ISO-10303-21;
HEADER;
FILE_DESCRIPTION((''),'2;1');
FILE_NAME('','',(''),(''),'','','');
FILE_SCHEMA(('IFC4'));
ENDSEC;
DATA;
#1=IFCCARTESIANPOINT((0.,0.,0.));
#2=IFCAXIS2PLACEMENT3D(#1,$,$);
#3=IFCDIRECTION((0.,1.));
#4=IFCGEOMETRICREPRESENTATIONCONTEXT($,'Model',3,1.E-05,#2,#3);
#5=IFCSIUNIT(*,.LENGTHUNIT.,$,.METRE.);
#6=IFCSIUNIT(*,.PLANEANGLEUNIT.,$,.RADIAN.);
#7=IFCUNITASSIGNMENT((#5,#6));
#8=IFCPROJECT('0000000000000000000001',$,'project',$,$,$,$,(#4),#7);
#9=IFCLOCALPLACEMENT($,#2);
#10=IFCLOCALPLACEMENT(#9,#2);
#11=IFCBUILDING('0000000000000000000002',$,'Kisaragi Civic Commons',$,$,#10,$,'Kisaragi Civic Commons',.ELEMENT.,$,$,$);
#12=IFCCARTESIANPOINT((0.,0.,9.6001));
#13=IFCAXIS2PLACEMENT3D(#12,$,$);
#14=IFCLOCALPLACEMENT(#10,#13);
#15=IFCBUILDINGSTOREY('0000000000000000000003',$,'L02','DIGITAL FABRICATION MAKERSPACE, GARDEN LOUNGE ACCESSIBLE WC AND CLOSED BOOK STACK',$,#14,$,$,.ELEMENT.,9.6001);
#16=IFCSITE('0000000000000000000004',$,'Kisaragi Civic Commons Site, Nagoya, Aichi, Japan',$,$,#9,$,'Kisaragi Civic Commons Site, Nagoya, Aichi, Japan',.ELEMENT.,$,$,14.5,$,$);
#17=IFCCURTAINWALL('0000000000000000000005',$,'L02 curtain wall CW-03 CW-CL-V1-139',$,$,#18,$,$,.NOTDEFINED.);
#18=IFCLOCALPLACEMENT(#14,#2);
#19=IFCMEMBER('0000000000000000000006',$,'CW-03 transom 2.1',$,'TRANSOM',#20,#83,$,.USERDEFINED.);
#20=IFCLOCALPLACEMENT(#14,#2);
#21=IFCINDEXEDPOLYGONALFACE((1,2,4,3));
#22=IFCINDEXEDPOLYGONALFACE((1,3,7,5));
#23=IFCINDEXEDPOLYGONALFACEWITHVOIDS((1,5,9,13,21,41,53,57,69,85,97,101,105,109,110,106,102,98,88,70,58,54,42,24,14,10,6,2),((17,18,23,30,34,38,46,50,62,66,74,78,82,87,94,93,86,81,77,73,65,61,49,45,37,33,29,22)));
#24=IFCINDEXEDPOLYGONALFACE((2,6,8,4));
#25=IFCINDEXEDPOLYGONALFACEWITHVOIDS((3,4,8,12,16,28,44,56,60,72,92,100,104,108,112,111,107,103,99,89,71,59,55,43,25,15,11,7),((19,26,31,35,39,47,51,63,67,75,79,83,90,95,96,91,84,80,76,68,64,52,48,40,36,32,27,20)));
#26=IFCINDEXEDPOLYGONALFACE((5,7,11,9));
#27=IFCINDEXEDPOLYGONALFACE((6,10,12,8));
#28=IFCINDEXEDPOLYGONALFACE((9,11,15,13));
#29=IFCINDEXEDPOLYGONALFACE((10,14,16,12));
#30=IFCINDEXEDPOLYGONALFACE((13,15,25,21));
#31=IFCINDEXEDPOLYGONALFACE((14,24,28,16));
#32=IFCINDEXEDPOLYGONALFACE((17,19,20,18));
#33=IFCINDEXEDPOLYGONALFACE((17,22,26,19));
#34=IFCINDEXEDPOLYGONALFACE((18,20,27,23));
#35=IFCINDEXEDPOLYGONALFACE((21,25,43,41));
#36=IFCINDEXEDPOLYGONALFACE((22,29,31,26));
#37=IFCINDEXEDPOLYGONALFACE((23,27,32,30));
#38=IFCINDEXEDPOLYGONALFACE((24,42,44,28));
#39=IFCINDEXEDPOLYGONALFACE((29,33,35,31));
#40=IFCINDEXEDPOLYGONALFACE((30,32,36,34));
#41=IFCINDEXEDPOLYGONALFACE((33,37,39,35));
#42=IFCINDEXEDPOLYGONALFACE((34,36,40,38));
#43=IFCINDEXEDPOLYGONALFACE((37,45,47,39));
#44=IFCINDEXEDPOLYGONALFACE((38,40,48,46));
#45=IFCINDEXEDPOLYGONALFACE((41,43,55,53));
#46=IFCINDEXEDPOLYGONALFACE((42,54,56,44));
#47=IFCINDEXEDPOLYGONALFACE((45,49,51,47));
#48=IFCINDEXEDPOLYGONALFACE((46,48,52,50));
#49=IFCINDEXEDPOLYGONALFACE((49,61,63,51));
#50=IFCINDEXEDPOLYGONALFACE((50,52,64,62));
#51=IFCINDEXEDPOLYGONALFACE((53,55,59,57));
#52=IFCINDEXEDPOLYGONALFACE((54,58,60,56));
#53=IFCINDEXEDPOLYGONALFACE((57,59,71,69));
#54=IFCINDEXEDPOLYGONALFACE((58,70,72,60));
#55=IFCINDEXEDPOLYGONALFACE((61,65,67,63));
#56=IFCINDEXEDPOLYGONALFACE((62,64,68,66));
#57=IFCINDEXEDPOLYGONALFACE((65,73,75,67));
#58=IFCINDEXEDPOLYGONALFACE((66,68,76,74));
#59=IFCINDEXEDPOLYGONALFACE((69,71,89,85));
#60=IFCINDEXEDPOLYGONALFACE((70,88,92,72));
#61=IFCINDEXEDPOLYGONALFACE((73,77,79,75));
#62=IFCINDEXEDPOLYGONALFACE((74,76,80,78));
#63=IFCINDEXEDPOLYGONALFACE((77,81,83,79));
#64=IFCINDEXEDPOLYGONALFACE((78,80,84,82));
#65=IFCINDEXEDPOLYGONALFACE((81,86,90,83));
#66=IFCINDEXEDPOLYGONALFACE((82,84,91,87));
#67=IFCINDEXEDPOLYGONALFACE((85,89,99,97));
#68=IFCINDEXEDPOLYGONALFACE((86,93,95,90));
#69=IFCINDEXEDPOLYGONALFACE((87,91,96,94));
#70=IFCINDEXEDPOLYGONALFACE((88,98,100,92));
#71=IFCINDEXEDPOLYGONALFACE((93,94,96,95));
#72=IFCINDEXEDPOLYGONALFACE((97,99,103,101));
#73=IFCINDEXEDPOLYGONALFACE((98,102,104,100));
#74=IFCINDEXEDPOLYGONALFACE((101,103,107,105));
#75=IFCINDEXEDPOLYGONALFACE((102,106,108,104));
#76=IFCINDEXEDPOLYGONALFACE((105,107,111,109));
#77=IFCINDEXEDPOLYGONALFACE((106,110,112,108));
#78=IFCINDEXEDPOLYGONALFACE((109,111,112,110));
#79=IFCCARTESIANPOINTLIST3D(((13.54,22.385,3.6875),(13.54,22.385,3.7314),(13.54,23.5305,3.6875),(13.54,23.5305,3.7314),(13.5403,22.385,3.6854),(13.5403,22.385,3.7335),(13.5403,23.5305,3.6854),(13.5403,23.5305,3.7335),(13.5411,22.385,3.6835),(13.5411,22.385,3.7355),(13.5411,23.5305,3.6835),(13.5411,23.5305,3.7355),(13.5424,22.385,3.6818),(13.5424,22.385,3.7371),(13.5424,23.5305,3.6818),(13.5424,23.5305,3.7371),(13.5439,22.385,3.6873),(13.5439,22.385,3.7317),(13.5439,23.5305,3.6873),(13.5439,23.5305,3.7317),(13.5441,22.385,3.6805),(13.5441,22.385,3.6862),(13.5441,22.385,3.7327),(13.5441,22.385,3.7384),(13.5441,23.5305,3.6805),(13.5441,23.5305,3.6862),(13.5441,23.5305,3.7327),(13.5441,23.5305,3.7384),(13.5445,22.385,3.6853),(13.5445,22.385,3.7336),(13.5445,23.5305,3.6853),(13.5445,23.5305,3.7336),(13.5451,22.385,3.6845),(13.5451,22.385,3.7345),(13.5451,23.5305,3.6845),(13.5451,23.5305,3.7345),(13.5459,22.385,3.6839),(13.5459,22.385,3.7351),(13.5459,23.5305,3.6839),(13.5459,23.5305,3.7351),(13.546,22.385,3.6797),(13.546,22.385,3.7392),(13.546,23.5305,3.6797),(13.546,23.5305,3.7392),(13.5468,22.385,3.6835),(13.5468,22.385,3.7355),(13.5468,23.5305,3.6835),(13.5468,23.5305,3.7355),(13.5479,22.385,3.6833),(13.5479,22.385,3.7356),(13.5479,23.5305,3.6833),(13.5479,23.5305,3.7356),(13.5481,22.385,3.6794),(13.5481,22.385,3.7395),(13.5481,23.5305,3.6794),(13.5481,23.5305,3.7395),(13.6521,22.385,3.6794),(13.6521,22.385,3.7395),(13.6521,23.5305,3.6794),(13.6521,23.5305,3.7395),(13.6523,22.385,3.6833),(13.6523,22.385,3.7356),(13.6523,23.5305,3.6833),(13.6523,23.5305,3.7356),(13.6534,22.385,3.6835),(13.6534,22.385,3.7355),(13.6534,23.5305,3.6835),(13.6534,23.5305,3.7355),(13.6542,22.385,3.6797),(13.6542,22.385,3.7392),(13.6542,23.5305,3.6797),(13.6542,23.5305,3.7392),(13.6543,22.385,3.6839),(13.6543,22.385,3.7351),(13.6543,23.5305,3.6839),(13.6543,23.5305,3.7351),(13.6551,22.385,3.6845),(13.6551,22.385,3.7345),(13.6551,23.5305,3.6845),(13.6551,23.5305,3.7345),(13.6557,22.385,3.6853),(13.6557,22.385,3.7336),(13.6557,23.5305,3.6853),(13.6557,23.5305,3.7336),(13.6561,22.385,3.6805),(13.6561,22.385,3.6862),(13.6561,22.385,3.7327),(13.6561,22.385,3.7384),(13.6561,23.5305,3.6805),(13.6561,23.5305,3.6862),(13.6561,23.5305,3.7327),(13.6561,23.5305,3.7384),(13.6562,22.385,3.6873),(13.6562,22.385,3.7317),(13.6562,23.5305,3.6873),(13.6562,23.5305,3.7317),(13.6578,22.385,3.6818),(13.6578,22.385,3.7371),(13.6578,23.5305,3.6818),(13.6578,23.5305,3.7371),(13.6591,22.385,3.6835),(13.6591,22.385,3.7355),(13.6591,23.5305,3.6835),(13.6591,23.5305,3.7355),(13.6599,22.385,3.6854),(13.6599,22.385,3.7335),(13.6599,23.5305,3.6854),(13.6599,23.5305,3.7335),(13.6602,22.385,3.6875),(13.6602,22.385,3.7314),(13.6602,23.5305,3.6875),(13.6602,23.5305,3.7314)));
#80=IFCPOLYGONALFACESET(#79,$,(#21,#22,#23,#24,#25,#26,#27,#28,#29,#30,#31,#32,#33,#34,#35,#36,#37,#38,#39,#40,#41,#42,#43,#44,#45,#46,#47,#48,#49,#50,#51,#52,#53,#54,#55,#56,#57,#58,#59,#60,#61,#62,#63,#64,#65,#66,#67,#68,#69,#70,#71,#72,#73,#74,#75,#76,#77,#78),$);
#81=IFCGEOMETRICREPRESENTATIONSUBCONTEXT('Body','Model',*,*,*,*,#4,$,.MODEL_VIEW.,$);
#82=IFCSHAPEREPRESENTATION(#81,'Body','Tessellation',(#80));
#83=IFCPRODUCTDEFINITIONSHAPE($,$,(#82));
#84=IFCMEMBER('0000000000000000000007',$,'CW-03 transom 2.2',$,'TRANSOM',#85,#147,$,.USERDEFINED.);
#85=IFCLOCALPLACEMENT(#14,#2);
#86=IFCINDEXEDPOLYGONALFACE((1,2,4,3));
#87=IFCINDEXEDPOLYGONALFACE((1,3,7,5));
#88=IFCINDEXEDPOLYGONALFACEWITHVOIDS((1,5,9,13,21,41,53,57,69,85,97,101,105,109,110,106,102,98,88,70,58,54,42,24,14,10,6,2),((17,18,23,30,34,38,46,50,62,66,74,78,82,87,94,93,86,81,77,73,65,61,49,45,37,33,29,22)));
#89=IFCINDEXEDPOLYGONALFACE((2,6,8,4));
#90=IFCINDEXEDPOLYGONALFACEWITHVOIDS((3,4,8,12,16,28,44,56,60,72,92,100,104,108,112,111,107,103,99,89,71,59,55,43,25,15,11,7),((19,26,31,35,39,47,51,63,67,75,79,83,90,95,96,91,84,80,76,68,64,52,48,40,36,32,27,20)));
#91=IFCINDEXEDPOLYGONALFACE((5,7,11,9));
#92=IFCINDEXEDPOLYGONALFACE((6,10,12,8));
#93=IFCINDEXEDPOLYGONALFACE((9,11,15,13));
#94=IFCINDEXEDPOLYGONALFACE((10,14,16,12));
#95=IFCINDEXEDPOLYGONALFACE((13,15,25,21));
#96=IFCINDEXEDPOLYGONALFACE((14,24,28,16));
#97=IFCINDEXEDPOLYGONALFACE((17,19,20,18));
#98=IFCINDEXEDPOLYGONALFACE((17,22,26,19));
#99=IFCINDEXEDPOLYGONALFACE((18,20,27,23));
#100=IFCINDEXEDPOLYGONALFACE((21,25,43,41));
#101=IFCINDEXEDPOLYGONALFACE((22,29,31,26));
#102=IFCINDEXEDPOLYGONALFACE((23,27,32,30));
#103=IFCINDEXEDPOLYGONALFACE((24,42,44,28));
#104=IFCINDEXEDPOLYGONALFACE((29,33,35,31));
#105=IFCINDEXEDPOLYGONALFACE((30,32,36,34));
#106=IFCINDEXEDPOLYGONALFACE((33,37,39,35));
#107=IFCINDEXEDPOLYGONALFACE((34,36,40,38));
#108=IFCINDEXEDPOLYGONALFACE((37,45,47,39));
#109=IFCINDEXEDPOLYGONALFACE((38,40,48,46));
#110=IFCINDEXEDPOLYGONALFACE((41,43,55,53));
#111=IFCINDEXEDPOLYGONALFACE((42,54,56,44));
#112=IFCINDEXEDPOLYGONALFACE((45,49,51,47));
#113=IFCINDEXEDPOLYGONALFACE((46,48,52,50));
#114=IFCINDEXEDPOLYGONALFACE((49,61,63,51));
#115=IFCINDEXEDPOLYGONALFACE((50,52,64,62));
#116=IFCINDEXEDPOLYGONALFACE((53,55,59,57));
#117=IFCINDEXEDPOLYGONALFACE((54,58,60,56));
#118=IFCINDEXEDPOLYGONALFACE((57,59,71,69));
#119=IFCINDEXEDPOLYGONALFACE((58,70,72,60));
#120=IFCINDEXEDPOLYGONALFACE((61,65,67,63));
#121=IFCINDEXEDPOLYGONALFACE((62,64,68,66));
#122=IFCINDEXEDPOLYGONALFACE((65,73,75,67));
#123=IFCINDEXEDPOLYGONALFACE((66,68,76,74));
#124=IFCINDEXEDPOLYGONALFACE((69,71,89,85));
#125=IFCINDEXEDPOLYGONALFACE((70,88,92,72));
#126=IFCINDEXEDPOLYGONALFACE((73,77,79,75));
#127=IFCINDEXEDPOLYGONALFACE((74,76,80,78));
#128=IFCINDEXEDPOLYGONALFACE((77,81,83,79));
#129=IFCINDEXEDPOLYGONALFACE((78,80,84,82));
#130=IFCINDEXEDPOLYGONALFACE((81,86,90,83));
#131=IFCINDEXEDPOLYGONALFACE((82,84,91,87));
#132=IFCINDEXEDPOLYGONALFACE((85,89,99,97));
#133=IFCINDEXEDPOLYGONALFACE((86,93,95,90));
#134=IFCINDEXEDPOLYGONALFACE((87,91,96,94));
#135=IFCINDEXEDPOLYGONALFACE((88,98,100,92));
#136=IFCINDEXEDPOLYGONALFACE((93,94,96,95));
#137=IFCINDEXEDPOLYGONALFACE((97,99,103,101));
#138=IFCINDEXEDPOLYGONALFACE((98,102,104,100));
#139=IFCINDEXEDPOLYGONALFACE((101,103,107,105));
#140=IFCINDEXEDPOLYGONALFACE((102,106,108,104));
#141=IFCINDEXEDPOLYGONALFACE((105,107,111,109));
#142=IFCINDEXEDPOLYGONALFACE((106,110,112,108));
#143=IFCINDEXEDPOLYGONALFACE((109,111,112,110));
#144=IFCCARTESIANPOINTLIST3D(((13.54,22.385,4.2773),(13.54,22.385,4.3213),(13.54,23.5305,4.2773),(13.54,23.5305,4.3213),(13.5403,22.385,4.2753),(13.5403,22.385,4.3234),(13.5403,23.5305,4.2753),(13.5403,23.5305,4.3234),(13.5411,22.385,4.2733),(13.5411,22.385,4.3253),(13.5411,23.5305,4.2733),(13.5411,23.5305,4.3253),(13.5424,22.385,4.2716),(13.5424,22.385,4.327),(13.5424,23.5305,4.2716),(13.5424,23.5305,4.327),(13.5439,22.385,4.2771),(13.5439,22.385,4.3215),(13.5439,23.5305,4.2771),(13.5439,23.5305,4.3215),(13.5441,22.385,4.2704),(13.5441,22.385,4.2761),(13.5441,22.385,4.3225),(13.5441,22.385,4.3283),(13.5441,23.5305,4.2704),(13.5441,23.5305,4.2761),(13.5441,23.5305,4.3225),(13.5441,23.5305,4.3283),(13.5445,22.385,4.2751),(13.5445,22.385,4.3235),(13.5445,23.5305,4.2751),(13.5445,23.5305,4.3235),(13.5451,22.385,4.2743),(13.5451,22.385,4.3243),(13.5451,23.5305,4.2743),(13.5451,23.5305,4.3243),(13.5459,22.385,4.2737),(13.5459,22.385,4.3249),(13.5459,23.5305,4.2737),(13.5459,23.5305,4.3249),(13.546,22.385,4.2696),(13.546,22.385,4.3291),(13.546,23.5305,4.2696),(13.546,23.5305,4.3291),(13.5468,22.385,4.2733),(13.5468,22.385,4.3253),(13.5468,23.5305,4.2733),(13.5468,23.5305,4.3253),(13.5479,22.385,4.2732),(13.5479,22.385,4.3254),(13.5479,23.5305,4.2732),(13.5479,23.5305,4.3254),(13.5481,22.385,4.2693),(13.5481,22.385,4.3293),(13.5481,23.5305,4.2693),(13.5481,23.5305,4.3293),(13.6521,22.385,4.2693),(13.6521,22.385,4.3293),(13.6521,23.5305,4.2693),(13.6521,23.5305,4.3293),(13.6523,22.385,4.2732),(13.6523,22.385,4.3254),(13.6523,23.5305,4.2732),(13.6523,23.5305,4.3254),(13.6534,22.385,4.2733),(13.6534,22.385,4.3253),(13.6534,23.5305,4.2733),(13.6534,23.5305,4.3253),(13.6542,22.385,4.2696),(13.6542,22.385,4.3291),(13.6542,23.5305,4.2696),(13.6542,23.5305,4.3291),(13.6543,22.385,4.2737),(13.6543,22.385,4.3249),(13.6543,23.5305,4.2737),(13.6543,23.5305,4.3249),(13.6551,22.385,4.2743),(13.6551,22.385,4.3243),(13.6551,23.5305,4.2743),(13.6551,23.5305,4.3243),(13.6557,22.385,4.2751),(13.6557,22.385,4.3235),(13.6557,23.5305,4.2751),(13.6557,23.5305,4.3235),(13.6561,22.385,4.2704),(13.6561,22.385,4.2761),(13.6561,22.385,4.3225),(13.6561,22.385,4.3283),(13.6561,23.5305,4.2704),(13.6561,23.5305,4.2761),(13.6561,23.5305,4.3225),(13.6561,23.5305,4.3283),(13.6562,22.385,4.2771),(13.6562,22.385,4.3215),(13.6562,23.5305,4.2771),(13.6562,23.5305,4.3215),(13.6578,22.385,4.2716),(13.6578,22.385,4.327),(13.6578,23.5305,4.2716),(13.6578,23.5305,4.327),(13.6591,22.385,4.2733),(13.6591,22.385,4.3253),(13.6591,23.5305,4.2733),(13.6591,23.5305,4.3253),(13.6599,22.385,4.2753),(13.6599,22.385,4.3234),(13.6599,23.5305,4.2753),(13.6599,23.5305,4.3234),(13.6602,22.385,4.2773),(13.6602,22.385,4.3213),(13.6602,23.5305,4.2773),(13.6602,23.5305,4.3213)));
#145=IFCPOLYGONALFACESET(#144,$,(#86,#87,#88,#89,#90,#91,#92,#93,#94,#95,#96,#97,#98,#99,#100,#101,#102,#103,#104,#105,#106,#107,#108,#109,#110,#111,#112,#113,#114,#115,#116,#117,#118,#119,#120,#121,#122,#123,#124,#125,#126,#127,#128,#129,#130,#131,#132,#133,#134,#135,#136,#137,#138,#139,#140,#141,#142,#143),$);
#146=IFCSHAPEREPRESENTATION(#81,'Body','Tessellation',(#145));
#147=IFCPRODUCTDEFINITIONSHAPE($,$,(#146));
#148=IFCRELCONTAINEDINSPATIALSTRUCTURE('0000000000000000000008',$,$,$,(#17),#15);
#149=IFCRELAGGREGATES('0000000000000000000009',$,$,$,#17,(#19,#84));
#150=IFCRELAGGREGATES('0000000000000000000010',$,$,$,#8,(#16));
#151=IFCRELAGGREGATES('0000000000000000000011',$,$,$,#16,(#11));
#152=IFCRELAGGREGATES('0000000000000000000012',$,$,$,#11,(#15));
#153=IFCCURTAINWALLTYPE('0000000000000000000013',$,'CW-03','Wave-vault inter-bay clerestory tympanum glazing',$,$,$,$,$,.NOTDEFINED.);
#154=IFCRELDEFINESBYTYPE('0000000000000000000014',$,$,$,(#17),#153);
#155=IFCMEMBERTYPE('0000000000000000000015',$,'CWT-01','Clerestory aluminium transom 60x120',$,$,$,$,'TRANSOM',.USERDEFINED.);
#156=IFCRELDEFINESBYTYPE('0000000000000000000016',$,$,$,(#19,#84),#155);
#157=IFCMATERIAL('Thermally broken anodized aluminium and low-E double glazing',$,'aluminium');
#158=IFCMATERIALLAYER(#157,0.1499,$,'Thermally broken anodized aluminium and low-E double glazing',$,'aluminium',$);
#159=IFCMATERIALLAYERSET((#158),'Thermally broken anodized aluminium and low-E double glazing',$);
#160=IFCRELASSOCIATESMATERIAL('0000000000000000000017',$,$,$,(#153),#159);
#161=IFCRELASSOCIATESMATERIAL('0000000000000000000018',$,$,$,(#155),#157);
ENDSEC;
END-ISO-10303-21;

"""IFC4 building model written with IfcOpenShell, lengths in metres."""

from ifc_helpers import new_model, si_unit, direction, frame, origin, origin_2d, place, context, subcontext, project, spatial, hollow_rectangle, extrude, material, layer, layer_set, material_profile, profile_set, type_object, element, aggregate, save


model = new_model("IFC4")

# Units and contexts
model_context = context("Model", 3, precision=1e-05, world=origin(), true_north=direction((0.0, 1.0)))
body_context = subcontext(model_context, "Body", "Model", "MODEL_VIEW")
ifc_project = project(units=[si_unit("LENGTHUNIT", "METRE"), si_unit("PLANEANGLEUNIT", "RADIAN")], contexts=[model_context])

# Site, building, storey
site_placement = place(None, origin())
site = spatial("IfcSite", under=ifc_project, at=site_placement, Name="Kisaragi Civic Commons Site, Nagoya, Aichi, Japan", LongName="Kisaragi Civic Commons Site, Nagoya, Aichi, Japan", CompositionType="ELEMENT", RefElevation=14.5)
building_placement = place(site_placement, origin())
building = spatial("IfcBuilding", under=site, at=building_placement, Name="Kisaragi Civic Commons", LongName="Kisaragi Civic Commons", CompositionType="ELEMENT")
storey_placement = place(building_placement, frame((0.0, 0.0, 9.6001)))
storey = spatial("IfcBuildingStorey", under=building, at=storey_placement, Name="L02", Description="DIGITAL FABRICATION MAKERSPACE, GARDEN LOUNGE ACCESSIBLE WC AND CLOSED BOOK STACK", CompositionType="ELEMENT", Elevation=9.6001)

# Curtain wall
ifc_material_1 = material(Name="Thermally broken anodized aluminium and low-E double glazing", Category="aluminium")
ifc_layer_1 = layer(ifc_material_1, 0.1499, Name="Thermally broken anodized aluminium and low-E double glazing", Category="aluminium")
ifc_layer_set_1 = layer_set([ifc_layer_1], Name="Thermally broken anodized aluminium and low-E double glazing")
curtain_wall_type = type_object("IfcCurtainWallType", Name="CW-03", Description="Wave-vault inter-bay clerestory tympanum glazing", PredefinedType="NOTDEFINED", material=ifc_layer_set_1)
curtain_wall_1_placement = place(storey_placement, origin())
curtain_wall_1 = element("IfcCurtainWall", 1, at=curtain_wall_1_placement, inside=storey, type_object=curtain_wall_type, Name="L02 curtain wall CW-03 CW-CL-V1-139", PredefinedType="NOTDEFINED")

# Members
ifc_material_profile_1 = material_profile(ifc_material_1, hollow_rectangle(XDim=0.1201, YDim=0.0601, WallThickness=0.0039, InnerFilletRadius=0.0039, OuterFilletRadius=0.0081, at=origin_2d()), Name="CWT-60x120x4", Category="aluminium")
ifc_profile_set_1 = profile_set([ifc_material_profile_1], Name="Thermally broken anodized aluminium and low-E double glazing")
member_type_1 = type_object("IfcMemberType", Name="CWT-01", Description="Clerestory aluminium transom 60x120", ElementType="TRANSOM", PredefinedType="USERDEFINED", material=ifc_profile_set_1)
member_1_placement = place(storey_placement, frame((13.6001, 22.385, 3.7095), z_axis=(0.0, 1.0, 0.0), x_axis=(-1.0, 0.0, 0.0)))
member_1 = element("IfcMember", 2, at=member_1_placement, type_object=member_type_1, Name="CW-03 transom 2.1", ObjectType="TRANSOM", PredefinedType="USERDEFINED", context=body_context, shape_type="SweptSolid", body=[
    extrude(hollow_rectangle(XDim=0.1201, YDim=0.0601, WallThickness=0.0039, InnerFilletRadius=0.0039, OuterFilletRadius=0.0081, at=origin_2d()), origin(), (0.0, 0.0, 1.0), 1.1455),
])
member_2_placement = place(storey_placement, frame((13.6001, 22.385, 4.2993), z_axis=(0.0, 1.0, 0.0), x_axis=(-1.0, 0.0, 0.0)))
member_2 = element("IfcMember", 3, at=member_2_placement, type_object=member_type_1, Name="CW-03 transom 2.2", ObjectType="TRANSOM", PredefinedType="USERDEFINED", context=body_context, shape_type="SweptSolid", body=[
    extrude(hollow_rectangle(XDim=0.1201, YDim=0.0601, WallThickness=0.0039, InnerFilletRadius=0.0039, OuterFilletRadius=0.0081, at=origin_2d()), origin(), (0.0, 0.0, 1.0), 1.1455),
])

aggregate(curtain_wall_1, [member_1, member_2])

save(model, "model.ifc")
